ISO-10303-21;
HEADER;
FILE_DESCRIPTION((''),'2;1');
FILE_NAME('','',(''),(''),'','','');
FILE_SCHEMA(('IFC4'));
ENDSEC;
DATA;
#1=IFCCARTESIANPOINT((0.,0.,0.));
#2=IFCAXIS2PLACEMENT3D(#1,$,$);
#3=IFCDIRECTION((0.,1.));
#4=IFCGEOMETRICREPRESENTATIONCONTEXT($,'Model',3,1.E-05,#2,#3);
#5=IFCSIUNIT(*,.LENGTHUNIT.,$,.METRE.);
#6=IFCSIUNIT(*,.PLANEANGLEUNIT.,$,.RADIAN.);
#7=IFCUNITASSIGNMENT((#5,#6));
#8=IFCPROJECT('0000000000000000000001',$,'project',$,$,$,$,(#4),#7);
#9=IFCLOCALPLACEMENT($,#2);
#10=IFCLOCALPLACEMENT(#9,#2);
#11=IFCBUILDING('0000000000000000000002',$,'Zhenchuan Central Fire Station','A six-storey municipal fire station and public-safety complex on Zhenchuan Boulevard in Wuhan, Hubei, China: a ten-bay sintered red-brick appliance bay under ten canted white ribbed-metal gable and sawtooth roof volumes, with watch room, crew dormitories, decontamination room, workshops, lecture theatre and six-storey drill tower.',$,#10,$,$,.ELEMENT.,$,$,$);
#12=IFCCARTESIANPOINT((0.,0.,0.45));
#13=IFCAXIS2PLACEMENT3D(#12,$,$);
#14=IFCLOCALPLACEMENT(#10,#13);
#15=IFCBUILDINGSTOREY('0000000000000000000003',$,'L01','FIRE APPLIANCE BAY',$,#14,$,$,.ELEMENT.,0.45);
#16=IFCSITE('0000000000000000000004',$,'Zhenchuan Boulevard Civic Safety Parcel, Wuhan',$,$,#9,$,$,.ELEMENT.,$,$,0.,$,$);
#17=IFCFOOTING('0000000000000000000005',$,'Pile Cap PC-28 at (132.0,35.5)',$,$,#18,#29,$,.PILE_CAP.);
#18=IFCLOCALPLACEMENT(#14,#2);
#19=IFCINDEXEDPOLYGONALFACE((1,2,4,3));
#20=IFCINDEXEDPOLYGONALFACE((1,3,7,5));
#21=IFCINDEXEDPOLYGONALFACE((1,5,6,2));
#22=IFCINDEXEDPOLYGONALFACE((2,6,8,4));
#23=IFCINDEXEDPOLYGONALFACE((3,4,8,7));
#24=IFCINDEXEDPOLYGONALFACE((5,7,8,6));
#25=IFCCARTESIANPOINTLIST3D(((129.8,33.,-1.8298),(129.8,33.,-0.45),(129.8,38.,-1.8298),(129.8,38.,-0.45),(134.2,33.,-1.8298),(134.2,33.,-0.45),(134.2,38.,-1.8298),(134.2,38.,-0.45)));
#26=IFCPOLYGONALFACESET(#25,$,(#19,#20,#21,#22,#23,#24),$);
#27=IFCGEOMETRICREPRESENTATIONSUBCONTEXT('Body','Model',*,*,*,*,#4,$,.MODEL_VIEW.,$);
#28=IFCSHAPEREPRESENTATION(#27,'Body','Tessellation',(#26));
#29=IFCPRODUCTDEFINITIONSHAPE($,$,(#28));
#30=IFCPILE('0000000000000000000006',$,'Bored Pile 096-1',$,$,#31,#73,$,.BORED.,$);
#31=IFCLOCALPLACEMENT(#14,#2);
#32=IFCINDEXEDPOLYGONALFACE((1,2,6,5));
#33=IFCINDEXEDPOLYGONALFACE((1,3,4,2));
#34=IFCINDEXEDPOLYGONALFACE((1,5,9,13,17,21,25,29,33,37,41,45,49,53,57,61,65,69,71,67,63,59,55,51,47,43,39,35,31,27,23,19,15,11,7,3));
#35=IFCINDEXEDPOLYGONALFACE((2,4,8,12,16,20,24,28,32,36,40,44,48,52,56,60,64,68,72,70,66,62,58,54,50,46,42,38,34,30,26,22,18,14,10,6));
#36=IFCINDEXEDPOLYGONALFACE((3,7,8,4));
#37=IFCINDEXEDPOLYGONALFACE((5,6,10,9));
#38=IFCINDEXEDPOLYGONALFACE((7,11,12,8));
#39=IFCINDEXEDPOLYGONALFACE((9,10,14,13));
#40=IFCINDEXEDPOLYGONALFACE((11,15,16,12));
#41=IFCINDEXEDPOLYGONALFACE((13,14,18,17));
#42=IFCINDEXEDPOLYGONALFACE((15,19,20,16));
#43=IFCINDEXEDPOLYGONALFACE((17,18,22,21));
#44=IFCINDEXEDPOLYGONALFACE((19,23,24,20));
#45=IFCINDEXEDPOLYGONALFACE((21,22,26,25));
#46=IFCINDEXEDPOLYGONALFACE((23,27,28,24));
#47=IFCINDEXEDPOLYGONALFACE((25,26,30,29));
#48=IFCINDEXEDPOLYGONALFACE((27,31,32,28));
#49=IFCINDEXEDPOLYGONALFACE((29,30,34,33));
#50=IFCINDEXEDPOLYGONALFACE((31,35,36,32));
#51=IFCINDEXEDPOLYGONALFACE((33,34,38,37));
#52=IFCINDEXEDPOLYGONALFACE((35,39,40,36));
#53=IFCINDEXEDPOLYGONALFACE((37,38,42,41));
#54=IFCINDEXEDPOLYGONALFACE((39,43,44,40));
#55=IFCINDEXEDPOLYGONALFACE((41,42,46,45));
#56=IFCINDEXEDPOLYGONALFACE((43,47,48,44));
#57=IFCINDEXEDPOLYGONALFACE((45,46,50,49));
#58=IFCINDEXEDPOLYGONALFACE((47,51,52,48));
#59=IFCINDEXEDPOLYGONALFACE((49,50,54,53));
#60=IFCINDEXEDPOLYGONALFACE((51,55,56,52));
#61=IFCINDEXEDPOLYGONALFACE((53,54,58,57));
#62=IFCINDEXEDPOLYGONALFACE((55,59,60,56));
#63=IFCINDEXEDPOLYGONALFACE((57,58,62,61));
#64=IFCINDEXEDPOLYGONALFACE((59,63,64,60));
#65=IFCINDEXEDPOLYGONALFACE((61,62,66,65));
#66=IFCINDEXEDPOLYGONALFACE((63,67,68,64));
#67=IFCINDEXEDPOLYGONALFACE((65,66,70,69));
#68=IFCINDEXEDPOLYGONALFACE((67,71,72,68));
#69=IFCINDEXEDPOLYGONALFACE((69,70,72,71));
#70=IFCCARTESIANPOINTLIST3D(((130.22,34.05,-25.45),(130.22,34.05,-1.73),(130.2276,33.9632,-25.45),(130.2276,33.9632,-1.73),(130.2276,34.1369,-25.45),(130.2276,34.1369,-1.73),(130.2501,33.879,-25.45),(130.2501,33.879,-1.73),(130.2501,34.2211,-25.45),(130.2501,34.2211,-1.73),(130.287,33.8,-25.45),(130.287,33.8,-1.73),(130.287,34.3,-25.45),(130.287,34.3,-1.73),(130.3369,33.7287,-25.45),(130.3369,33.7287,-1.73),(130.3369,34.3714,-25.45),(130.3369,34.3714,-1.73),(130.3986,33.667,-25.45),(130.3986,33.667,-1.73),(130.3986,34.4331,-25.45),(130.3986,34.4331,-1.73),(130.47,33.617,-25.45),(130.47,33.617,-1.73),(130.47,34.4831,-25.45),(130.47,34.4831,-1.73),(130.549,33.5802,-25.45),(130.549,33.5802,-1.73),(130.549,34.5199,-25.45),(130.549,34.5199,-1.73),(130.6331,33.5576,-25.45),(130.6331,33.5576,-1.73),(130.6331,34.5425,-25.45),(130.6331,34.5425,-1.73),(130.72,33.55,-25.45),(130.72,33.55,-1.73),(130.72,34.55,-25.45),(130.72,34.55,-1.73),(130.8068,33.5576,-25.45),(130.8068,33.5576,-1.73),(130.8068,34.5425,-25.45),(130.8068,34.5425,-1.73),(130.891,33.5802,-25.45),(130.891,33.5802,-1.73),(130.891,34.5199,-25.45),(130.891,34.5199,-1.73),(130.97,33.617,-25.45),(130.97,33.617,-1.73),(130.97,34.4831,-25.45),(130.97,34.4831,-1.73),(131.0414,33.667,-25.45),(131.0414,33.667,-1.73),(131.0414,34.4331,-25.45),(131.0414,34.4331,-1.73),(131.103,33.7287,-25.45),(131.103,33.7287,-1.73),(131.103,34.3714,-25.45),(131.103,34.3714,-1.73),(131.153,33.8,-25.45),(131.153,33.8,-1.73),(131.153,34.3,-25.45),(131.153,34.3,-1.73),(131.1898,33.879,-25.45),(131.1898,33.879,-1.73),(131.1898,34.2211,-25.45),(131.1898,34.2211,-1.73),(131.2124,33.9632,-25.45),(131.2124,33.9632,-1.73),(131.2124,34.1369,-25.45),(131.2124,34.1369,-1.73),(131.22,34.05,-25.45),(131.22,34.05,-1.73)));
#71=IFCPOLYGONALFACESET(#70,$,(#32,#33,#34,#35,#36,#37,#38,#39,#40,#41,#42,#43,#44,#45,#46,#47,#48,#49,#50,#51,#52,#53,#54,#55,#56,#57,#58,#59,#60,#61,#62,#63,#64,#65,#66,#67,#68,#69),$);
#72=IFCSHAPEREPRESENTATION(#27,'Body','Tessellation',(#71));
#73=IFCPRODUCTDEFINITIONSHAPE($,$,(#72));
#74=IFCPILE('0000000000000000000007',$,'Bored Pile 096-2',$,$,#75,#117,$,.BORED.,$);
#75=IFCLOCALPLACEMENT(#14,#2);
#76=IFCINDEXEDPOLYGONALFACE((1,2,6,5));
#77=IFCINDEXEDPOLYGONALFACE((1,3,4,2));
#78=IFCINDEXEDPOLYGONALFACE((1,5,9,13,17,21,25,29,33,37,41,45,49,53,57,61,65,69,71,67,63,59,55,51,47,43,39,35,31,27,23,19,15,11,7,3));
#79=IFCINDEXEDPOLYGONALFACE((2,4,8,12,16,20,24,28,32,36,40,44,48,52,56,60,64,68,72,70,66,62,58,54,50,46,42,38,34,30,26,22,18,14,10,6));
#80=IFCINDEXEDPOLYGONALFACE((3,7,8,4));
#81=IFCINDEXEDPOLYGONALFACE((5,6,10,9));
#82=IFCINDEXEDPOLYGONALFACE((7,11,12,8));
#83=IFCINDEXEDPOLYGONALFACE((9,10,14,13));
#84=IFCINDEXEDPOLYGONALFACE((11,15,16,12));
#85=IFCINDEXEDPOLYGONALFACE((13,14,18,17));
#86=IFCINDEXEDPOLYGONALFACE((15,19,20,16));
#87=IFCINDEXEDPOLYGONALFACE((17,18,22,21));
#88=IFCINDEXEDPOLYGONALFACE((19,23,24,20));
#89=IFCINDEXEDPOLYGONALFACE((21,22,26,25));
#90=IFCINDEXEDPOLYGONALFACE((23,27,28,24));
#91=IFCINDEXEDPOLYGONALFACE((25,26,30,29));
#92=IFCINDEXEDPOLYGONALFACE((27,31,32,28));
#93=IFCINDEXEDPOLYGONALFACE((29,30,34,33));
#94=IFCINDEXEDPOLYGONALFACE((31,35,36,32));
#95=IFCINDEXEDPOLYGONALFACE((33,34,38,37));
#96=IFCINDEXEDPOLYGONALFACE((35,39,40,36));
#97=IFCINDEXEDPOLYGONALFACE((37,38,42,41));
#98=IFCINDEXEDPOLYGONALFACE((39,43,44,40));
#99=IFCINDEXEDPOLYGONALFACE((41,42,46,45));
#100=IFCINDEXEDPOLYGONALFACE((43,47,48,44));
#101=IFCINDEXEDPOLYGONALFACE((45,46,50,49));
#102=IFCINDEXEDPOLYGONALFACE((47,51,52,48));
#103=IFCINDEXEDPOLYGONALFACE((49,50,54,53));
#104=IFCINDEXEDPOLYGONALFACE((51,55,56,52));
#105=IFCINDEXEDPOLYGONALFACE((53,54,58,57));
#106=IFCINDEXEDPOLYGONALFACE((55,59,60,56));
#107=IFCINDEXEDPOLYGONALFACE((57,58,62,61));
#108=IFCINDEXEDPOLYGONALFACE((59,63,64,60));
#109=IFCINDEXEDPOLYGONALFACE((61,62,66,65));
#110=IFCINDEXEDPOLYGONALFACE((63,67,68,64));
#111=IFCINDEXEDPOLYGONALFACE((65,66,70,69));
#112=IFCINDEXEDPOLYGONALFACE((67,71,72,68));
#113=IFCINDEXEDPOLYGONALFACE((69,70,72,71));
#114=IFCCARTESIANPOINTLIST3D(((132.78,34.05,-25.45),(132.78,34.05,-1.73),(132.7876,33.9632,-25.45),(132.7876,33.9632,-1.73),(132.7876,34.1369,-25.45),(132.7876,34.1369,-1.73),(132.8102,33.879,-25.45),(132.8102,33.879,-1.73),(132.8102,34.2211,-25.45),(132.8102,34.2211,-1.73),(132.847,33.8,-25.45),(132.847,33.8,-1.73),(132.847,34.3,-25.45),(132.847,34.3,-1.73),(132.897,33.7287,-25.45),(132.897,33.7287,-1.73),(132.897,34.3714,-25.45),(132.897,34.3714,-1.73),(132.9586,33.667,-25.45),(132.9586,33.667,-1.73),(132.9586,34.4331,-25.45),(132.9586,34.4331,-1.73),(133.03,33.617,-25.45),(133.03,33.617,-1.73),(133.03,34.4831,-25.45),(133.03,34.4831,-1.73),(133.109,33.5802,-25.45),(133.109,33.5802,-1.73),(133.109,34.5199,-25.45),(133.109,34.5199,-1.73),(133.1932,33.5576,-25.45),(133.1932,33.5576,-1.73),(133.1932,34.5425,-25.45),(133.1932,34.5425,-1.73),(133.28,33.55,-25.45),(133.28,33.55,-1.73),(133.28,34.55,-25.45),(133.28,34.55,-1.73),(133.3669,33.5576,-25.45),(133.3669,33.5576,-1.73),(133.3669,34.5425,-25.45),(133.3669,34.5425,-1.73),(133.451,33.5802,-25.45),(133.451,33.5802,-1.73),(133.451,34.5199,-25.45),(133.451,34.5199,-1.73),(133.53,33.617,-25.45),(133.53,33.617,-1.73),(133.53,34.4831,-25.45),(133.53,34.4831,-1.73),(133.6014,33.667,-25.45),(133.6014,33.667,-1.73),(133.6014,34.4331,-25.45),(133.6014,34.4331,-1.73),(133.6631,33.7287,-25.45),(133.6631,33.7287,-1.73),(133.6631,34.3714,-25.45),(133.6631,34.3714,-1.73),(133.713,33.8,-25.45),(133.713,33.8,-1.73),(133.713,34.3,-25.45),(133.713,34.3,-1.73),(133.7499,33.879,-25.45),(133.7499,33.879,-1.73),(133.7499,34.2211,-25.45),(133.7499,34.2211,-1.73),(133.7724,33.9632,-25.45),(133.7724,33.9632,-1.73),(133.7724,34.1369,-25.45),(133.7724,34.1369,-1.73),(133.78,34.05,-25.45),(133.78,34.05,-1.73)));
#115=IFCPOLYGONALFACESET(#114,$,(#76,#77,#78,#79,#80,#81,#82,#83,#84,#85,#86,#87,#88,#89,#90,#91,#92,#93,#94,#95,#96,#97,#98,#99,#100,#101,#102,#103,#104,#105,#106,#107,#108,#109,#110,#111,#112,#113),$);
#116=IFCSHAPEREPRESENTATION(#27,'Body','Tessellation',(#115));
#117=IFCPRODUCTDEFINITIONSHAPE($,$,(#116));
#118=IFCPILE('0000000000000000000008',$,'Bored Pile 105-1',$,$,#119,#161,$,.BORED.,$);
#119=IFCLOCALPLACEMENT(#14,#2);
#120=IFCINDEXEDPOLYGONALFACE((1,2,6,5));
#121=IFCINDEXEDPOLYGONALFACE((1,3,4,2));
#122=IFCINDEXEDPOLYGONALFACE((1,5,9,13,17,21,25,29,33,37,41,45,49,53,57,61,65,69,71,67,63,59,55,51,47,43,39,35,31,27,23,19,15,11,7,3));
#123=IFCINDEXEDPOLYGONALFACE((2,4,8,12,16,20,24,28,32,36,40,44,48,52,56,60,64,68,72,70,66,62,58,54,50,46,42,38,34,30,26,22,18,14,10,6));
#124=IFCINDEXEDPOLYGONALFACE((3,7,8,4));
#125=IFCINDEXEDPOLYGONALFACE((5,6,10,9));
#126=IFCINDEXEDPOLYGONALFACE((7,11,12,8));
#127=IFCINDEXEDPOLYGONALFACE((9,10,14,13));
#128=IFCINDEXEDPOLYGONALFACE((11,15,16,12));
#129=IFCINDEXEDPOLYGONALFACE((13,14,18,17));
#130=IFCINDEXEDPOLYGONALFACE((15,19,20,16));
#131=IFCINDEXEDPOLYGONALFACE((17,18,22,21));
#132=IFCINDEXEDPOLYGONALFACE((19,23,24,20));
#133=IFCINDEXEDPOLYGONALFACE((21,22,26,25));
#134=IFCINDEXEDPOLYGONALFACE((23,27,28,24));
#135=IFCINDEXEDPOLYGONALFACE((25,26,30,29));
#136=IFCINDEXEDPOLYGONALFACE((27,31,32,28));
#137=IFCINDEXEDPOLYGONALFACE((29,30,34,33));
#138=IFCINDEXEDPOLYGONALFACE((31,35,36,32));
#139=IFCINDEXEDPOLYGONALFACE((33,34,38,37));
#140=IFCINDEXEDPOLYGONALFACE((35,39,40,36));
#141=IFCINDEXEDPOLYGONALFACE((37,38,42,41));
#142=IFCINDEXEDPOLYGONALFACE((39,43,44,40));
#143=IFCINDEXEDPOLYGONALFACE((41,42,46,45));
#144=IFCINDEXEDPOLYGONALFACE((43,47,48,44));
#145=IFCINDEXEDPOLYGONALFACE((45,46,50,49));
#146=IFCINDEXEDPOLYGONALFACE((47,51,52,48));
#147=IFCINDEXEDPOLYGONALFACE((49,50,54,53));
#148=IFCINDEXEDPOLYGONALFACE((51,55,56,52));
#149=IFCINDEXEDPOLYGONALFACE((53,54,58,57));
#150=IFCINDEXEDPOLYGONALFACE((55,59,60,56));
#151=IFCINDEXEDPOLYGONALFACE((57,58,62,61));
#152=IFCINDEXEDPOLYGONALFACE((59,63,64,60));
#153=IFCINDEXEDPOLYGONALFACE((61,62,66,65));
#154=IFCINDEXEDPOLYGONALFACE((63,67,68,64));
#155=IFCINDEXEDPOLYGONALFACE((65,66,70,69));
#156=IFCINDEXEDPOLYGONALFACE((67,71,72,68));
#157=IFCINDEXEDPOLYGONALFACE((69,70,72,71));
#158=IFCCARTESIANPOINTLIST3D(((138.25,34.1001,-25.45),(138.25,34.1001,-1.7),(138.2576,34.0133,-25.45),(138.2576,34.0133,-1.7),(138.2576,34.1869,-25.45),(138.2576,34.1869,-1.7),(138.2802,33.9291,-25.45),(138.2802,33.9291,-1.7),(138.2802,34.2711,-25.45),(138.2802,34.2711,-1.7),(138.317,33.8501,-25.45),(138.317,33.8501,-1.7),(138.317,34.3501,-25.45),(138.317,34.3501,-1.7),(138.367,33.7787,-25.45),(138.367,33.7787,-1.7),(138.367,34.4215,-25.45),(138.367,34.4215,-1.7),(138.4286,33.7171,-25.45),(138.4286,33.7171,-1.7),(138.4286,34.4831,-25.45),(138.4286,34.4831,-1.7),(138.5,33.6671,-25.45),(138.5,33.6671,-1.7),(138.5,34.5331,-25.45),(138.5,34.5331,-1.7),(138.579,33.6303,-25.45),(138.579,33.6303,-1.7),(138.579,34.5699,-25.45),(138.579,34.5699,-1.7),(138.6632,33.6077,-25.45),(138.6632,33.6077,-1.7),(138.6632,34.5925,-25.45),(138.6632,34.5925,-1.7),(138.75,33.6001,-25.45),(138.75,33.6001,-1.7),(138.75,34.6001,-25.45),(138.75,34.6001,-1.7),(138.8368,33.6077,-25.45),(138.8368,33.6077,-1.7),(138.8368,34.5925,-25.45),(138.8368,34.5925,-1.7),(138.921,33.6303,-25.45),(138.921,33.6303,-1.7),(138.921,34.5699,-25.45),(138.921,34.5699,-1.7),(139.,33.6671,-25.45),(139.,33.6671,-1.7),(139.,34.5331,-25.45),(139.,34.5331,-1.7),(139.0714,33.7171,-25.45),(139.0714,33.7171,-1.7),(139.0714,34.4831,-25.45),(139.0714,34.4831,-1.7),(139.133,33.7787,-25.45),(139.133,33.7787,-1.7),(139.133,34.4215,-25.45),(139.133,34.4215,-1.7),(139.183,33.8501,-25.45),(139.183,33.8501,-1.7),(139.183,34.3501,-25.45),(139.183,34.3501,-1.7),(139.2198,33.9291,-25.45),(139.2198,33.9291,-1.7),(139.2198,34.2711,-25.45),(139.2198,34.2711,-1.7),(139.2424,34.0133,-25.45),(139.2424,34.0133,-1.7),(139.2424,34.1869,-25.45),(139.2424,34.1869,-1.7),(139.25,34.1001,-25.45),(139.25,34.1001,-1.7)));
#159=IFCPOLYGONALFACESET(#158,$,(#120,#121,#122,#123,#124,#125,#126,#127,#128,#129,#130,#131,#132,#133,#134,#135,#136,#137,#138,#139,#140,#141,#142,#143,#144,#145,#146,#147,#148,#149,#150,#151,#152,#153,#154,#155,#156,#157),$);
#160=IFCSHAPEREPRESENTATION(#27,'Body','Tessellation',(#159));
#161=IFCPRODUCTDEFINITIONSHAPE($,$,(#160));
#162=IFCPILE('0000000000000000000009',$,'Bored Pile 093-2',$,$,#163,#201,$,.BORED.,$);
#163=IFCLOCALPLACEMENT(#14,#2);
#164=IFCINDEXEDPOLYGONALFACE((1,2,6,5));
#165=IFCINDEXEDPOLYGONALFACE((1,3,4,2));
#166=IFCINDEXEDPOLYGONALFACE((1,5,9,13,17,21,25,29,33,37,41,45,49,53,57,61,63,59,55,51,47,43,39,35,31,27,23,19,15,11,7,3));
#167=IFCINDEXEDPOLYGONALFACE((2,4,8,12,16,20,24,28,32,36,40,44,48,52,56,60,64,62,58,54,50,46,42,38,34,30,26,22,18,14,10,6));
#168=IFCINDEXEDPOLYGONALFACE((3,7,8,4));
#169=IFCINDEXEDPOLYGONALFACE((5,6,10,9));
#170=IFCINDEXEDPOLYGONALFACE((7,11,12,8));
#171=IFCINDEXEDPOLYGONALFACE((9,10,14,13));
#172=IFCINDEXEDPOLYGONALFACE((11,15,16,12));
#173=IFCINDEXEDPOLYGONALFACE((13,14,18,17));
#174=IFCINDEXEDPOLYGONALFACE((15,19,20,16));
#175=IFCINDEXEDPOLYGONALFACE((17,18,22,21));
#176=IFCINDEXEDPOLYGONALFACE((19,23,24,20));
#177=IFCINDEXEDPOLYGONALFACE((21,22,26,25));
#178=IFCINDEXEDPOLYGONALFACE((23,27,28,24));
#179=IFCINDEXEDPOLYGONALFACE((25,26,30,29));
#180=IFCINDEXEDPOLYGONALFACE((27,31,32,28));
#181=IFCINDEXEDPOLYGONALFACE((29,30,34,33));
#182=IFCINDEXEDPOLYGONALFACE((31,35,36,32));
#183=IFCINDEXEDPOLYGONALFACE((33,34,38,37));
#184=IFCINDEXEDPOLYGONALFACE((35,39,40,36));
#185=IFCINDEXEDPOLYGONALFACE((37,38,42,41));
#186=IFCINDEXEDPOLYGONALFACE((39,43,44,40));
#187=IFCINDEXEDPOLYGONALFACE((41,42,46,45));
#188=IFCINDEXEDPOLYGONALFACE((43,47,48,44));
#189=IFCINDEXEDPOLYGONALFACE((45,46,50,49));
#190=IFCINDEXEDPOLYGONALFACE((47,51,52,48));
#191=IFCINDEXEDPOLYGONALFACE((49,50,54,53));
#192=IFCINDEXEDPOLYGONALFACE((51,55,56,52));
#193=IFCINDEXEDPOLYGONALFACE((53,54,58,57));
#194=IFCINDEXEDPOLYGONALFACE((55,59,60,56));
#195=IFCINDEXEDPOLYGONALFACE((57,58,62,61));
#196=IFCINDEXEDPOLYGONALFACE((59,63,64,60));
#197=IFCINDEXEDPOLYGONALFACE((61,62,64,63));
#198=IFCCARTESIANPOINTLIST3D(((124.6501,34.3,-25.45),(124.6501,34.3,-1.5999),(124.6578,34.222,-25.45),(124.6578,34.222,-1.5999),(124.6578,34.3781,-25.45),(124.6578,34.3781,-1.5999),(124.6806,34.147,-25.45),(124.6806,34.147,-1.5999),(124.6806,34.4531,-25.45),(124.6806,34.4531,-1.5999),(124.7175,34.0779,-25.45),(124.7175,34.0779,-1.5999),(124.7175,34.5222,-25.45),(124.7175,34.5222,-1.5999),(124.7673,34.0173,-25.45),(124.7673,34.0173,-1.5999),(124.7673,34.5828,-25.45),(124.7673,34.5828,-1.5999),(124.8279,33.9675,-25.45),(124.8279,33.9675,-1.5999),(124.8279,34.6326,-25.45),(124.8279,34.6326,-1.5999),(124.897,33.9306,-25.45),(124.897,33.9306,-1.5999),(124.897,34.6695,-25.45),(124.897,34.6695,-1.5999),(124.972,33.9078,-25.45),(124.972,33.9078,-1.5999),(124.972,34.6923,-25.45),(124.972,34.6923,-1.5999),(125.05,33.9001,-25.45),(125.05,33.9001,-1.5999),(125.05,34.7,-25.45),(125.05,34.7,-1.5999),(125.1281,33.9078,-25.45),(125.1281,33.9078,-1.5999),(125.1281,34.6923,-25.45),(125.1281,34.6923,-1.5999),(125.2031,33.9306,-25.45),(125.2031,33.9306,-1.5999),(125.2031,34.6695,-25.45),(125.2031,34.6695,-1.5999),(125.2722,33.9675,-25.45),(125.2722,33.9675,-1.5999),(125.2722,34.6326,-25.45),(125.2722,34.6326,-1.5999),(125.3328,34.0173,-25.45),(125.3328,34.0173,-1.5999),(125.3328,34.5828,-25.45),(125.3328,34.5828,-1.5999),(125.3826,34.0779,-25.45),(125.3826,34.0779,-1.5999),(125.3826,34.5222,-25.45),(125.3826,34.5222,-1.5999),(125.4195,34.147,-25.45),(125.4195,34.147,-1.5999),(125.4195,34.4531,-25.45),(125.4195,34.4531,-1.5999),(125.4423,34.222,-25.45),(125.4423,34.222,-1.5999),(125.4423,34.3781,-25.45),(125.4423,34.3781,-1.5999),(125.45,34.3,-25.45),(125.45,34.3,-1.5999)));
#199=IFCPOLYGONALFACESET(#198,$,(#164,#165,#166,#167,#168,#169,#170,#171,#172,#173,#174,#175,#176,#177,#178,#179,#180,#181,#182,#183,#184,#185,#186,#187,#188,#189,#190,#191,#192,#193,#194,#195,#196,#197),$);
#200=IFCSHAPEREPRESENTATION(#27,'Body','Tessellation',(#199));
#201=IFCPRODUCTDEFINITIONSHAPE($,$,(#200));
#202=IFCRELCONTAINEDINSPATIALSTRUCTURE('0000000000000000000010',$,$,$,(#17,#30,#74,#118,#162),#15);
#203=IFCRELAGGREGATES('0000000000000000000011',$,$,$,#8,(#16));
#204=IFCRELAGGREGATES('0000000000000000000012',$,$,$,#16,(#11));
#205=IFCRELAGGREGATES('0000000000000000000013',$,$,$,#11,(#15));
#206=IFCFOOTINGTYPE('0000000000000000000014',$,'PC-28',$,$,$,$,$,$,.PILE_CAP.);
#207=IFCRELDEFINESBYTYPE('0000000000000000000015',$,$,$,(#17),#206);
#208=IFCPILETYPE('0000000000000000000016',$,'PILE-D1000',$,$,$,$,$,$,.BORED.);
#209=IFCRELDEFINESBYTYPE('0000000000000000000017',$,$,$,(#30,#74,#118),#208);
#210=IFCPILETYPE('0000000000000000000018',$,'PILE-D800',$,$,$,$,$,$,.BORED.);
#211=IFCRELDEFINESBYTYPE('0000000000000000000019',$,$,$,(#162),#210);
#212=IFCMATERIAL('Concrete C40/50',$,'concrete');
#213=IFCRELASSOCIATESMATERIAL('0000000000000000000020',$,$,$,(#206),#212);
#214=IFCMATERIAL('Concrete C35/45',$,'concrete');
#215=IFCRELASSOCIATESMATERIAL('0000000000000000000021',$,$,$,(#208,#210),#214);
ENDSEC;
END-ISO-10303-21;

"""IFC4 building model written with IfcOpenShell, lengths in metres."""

from ifc_helpers import new_model, si_unit, direction, frame, origin, origin_2d, place, context, subcontext, project, spatial, rectangle, circle, extrude, material, material_profile, profile_set, type_object, element, save


model = new_model("IFC4")

# Units and contexts
model_context = context("Model", 3, precision=1e-05, world=origin(), true_north=direction((0.0, 1.0)))
body_context = subcontext(model_context, "Body", "Model", "MODEL_VIEW")
ifc_project = project(units=[si_unit("LENGTHUNIT", "METRE"), si_unit("PLANEANGLEUNIT", "RADIAN")], contexts=[model_context])

# Site, building, storey
site_placement = place(None, origin())
site = spatial("IfcSite", under=ifc_project, at=site_placement, Name="Zhenchuan Boulevard Civic Safety Parcel, Wuhan", CompositionType="ELEMENT", RefElevation=0.0)
building_placement = place(site_placement, origin())
building = spatial("IfcBuilding", under=site, at=building_placement, Name="Zhenchuan Central Fire Station", Description="A six-storey municipal fire station and public-safety complex on Zhenchuan Boulevard in Wuhan, Hubei, China: a ten-bay sintered red-brick appliance bay under ten canted white ribbed-metal gable and sawtooth roof volumes, with watch room, crew dormitories, decontamination room, workshops, lecture theatre and six-storey drill tower.", CompositionType="ELEMENT")
storey_placement = place(building_placement, frame((0.0, 0.0, 0.45)))
storey = spatial("IfcBuildingStorey", under=building, at=storey_placement, Name="L01", Description="FIRE APPLIANCE BAY", CompositionType="ELEMENT", Elevation=0.45)

# Footing
ifc_material_1 = material(Name="Concrete C40/50", Category="concrete")
footing_type = type_object("IfcFootingType", Name="PC-28", PredefinedType="PILE_CAP", material=ifc_material_1)
footing_placement = place(storey_placement, frame((132.0, 35.5, -1.8298), z_axis=(0.0, 0.0, 1.0), x_axis=(1.0, 0.0, 0.0)))
element("IfcFooting", 1, at=footing_placement, inside=storey, type_object=footing_type, Name="Pile Cap PC-28 at (132.0,35.5)", PredefinedType="PILE_CAP", context=body_context, shape_type="SweptSolid", body=[
    extrude(rectangle(XDim=4.3999, YDim=5.0, at=origin_2d()), origin(), (0.0, 0.0, 1.0), 1.3799),
])

# Piles
ifc_material_2 = material(Name="Concrete C35/45", Category="concrete")
ifc_material_profile_1 = material_profile(ifc_material_2, circle(Radius=0.5, at=origin_2d()), Name="PILE D1000")
ifc_profile_set_1 = profile_set([ifc_material_profile_1], Name="Concrete C35/45")
pile_type_1 = type_object("IfcPileType", Name="PILE-D1000", PredefinedType="BORED", material=ifc_profile_set_1)
for number, where, z_axis, x_axis, name in (
    (2, (130.72, 34.05, -1.73), (0.0, 0.0, -1.0), (1.0, 0.0, 0.0), "Bored Pile 096-1"),
    (3, (133.28, 34.05, -1.73), (0.0, 0.0, -1.0), (1.0, 0.0, 0.0), "Bored Pile 096-2"),
):
    element("IfcPile", number, at=place(storey_placement, frame(where, z_axis=z_axis, x_axis=x_axis)), inside=storey, type_object=pile_type_1, Name=name, PredefinedType="BORED", context=body_context, shape_type="SweptSolid", body=[
        extrude(circle(Radius=0.5, at=origin_2d()), origin(), (0.0, 0.0, 1.0), 23.72),
    ])
pile_1_placement = place(storey_placement, frame((138.75, 34.1001, -1.7), z_axis=(0.0, 0.0, -1.0), x_axis=(1.0, 0.0, 0.0)))
element("IfcPile", 4, at=pile_1_placement, inside=storey, type_object=pile_type_1, Name="Bored Pile 105-1", PredefinedType="BORED", context=body_context, shape_type="SweptSolid", body=[
    extrude(circle(Radius=0.5, at=origin_2d()), origin(), (0.0, 0.0, 1.0), 23.75),
])
ifc_material_profile_2 = material_profile(ifc_material_2, circle(Radius=0.3999, at=origin_2d()), Name="PILE D800")
ifc_profile_set_2 = profile_set([ifc_material_profile_2], Name="Concrete C35/45")
pile_type_2 = type_object("IfcPileType", Name="PILE-D800", PredefinedType="BORED", material=ifc_profile_set_2)
pile_2_placement = place(storey_placement, frame((125.05, 34.3, -1.5999), z_axis=(0.0, 0.0, -1.0), x_axis=(1.0, 0.0, 0.0)))
element("IfcPile", 5, at=pile_2_placement, inside=storey, type_object=pile_type_2, Name="Bored Pile 093-2", PredefinedType="BORED", context=body_context, shape_type="SweptSolid", body=[
    extrude(circle(Radius=0.3999, at=origin_2d()), origin(), (0.0, 0.0, 1.0), 23.8501),
])

save(model, "model.ifc")
